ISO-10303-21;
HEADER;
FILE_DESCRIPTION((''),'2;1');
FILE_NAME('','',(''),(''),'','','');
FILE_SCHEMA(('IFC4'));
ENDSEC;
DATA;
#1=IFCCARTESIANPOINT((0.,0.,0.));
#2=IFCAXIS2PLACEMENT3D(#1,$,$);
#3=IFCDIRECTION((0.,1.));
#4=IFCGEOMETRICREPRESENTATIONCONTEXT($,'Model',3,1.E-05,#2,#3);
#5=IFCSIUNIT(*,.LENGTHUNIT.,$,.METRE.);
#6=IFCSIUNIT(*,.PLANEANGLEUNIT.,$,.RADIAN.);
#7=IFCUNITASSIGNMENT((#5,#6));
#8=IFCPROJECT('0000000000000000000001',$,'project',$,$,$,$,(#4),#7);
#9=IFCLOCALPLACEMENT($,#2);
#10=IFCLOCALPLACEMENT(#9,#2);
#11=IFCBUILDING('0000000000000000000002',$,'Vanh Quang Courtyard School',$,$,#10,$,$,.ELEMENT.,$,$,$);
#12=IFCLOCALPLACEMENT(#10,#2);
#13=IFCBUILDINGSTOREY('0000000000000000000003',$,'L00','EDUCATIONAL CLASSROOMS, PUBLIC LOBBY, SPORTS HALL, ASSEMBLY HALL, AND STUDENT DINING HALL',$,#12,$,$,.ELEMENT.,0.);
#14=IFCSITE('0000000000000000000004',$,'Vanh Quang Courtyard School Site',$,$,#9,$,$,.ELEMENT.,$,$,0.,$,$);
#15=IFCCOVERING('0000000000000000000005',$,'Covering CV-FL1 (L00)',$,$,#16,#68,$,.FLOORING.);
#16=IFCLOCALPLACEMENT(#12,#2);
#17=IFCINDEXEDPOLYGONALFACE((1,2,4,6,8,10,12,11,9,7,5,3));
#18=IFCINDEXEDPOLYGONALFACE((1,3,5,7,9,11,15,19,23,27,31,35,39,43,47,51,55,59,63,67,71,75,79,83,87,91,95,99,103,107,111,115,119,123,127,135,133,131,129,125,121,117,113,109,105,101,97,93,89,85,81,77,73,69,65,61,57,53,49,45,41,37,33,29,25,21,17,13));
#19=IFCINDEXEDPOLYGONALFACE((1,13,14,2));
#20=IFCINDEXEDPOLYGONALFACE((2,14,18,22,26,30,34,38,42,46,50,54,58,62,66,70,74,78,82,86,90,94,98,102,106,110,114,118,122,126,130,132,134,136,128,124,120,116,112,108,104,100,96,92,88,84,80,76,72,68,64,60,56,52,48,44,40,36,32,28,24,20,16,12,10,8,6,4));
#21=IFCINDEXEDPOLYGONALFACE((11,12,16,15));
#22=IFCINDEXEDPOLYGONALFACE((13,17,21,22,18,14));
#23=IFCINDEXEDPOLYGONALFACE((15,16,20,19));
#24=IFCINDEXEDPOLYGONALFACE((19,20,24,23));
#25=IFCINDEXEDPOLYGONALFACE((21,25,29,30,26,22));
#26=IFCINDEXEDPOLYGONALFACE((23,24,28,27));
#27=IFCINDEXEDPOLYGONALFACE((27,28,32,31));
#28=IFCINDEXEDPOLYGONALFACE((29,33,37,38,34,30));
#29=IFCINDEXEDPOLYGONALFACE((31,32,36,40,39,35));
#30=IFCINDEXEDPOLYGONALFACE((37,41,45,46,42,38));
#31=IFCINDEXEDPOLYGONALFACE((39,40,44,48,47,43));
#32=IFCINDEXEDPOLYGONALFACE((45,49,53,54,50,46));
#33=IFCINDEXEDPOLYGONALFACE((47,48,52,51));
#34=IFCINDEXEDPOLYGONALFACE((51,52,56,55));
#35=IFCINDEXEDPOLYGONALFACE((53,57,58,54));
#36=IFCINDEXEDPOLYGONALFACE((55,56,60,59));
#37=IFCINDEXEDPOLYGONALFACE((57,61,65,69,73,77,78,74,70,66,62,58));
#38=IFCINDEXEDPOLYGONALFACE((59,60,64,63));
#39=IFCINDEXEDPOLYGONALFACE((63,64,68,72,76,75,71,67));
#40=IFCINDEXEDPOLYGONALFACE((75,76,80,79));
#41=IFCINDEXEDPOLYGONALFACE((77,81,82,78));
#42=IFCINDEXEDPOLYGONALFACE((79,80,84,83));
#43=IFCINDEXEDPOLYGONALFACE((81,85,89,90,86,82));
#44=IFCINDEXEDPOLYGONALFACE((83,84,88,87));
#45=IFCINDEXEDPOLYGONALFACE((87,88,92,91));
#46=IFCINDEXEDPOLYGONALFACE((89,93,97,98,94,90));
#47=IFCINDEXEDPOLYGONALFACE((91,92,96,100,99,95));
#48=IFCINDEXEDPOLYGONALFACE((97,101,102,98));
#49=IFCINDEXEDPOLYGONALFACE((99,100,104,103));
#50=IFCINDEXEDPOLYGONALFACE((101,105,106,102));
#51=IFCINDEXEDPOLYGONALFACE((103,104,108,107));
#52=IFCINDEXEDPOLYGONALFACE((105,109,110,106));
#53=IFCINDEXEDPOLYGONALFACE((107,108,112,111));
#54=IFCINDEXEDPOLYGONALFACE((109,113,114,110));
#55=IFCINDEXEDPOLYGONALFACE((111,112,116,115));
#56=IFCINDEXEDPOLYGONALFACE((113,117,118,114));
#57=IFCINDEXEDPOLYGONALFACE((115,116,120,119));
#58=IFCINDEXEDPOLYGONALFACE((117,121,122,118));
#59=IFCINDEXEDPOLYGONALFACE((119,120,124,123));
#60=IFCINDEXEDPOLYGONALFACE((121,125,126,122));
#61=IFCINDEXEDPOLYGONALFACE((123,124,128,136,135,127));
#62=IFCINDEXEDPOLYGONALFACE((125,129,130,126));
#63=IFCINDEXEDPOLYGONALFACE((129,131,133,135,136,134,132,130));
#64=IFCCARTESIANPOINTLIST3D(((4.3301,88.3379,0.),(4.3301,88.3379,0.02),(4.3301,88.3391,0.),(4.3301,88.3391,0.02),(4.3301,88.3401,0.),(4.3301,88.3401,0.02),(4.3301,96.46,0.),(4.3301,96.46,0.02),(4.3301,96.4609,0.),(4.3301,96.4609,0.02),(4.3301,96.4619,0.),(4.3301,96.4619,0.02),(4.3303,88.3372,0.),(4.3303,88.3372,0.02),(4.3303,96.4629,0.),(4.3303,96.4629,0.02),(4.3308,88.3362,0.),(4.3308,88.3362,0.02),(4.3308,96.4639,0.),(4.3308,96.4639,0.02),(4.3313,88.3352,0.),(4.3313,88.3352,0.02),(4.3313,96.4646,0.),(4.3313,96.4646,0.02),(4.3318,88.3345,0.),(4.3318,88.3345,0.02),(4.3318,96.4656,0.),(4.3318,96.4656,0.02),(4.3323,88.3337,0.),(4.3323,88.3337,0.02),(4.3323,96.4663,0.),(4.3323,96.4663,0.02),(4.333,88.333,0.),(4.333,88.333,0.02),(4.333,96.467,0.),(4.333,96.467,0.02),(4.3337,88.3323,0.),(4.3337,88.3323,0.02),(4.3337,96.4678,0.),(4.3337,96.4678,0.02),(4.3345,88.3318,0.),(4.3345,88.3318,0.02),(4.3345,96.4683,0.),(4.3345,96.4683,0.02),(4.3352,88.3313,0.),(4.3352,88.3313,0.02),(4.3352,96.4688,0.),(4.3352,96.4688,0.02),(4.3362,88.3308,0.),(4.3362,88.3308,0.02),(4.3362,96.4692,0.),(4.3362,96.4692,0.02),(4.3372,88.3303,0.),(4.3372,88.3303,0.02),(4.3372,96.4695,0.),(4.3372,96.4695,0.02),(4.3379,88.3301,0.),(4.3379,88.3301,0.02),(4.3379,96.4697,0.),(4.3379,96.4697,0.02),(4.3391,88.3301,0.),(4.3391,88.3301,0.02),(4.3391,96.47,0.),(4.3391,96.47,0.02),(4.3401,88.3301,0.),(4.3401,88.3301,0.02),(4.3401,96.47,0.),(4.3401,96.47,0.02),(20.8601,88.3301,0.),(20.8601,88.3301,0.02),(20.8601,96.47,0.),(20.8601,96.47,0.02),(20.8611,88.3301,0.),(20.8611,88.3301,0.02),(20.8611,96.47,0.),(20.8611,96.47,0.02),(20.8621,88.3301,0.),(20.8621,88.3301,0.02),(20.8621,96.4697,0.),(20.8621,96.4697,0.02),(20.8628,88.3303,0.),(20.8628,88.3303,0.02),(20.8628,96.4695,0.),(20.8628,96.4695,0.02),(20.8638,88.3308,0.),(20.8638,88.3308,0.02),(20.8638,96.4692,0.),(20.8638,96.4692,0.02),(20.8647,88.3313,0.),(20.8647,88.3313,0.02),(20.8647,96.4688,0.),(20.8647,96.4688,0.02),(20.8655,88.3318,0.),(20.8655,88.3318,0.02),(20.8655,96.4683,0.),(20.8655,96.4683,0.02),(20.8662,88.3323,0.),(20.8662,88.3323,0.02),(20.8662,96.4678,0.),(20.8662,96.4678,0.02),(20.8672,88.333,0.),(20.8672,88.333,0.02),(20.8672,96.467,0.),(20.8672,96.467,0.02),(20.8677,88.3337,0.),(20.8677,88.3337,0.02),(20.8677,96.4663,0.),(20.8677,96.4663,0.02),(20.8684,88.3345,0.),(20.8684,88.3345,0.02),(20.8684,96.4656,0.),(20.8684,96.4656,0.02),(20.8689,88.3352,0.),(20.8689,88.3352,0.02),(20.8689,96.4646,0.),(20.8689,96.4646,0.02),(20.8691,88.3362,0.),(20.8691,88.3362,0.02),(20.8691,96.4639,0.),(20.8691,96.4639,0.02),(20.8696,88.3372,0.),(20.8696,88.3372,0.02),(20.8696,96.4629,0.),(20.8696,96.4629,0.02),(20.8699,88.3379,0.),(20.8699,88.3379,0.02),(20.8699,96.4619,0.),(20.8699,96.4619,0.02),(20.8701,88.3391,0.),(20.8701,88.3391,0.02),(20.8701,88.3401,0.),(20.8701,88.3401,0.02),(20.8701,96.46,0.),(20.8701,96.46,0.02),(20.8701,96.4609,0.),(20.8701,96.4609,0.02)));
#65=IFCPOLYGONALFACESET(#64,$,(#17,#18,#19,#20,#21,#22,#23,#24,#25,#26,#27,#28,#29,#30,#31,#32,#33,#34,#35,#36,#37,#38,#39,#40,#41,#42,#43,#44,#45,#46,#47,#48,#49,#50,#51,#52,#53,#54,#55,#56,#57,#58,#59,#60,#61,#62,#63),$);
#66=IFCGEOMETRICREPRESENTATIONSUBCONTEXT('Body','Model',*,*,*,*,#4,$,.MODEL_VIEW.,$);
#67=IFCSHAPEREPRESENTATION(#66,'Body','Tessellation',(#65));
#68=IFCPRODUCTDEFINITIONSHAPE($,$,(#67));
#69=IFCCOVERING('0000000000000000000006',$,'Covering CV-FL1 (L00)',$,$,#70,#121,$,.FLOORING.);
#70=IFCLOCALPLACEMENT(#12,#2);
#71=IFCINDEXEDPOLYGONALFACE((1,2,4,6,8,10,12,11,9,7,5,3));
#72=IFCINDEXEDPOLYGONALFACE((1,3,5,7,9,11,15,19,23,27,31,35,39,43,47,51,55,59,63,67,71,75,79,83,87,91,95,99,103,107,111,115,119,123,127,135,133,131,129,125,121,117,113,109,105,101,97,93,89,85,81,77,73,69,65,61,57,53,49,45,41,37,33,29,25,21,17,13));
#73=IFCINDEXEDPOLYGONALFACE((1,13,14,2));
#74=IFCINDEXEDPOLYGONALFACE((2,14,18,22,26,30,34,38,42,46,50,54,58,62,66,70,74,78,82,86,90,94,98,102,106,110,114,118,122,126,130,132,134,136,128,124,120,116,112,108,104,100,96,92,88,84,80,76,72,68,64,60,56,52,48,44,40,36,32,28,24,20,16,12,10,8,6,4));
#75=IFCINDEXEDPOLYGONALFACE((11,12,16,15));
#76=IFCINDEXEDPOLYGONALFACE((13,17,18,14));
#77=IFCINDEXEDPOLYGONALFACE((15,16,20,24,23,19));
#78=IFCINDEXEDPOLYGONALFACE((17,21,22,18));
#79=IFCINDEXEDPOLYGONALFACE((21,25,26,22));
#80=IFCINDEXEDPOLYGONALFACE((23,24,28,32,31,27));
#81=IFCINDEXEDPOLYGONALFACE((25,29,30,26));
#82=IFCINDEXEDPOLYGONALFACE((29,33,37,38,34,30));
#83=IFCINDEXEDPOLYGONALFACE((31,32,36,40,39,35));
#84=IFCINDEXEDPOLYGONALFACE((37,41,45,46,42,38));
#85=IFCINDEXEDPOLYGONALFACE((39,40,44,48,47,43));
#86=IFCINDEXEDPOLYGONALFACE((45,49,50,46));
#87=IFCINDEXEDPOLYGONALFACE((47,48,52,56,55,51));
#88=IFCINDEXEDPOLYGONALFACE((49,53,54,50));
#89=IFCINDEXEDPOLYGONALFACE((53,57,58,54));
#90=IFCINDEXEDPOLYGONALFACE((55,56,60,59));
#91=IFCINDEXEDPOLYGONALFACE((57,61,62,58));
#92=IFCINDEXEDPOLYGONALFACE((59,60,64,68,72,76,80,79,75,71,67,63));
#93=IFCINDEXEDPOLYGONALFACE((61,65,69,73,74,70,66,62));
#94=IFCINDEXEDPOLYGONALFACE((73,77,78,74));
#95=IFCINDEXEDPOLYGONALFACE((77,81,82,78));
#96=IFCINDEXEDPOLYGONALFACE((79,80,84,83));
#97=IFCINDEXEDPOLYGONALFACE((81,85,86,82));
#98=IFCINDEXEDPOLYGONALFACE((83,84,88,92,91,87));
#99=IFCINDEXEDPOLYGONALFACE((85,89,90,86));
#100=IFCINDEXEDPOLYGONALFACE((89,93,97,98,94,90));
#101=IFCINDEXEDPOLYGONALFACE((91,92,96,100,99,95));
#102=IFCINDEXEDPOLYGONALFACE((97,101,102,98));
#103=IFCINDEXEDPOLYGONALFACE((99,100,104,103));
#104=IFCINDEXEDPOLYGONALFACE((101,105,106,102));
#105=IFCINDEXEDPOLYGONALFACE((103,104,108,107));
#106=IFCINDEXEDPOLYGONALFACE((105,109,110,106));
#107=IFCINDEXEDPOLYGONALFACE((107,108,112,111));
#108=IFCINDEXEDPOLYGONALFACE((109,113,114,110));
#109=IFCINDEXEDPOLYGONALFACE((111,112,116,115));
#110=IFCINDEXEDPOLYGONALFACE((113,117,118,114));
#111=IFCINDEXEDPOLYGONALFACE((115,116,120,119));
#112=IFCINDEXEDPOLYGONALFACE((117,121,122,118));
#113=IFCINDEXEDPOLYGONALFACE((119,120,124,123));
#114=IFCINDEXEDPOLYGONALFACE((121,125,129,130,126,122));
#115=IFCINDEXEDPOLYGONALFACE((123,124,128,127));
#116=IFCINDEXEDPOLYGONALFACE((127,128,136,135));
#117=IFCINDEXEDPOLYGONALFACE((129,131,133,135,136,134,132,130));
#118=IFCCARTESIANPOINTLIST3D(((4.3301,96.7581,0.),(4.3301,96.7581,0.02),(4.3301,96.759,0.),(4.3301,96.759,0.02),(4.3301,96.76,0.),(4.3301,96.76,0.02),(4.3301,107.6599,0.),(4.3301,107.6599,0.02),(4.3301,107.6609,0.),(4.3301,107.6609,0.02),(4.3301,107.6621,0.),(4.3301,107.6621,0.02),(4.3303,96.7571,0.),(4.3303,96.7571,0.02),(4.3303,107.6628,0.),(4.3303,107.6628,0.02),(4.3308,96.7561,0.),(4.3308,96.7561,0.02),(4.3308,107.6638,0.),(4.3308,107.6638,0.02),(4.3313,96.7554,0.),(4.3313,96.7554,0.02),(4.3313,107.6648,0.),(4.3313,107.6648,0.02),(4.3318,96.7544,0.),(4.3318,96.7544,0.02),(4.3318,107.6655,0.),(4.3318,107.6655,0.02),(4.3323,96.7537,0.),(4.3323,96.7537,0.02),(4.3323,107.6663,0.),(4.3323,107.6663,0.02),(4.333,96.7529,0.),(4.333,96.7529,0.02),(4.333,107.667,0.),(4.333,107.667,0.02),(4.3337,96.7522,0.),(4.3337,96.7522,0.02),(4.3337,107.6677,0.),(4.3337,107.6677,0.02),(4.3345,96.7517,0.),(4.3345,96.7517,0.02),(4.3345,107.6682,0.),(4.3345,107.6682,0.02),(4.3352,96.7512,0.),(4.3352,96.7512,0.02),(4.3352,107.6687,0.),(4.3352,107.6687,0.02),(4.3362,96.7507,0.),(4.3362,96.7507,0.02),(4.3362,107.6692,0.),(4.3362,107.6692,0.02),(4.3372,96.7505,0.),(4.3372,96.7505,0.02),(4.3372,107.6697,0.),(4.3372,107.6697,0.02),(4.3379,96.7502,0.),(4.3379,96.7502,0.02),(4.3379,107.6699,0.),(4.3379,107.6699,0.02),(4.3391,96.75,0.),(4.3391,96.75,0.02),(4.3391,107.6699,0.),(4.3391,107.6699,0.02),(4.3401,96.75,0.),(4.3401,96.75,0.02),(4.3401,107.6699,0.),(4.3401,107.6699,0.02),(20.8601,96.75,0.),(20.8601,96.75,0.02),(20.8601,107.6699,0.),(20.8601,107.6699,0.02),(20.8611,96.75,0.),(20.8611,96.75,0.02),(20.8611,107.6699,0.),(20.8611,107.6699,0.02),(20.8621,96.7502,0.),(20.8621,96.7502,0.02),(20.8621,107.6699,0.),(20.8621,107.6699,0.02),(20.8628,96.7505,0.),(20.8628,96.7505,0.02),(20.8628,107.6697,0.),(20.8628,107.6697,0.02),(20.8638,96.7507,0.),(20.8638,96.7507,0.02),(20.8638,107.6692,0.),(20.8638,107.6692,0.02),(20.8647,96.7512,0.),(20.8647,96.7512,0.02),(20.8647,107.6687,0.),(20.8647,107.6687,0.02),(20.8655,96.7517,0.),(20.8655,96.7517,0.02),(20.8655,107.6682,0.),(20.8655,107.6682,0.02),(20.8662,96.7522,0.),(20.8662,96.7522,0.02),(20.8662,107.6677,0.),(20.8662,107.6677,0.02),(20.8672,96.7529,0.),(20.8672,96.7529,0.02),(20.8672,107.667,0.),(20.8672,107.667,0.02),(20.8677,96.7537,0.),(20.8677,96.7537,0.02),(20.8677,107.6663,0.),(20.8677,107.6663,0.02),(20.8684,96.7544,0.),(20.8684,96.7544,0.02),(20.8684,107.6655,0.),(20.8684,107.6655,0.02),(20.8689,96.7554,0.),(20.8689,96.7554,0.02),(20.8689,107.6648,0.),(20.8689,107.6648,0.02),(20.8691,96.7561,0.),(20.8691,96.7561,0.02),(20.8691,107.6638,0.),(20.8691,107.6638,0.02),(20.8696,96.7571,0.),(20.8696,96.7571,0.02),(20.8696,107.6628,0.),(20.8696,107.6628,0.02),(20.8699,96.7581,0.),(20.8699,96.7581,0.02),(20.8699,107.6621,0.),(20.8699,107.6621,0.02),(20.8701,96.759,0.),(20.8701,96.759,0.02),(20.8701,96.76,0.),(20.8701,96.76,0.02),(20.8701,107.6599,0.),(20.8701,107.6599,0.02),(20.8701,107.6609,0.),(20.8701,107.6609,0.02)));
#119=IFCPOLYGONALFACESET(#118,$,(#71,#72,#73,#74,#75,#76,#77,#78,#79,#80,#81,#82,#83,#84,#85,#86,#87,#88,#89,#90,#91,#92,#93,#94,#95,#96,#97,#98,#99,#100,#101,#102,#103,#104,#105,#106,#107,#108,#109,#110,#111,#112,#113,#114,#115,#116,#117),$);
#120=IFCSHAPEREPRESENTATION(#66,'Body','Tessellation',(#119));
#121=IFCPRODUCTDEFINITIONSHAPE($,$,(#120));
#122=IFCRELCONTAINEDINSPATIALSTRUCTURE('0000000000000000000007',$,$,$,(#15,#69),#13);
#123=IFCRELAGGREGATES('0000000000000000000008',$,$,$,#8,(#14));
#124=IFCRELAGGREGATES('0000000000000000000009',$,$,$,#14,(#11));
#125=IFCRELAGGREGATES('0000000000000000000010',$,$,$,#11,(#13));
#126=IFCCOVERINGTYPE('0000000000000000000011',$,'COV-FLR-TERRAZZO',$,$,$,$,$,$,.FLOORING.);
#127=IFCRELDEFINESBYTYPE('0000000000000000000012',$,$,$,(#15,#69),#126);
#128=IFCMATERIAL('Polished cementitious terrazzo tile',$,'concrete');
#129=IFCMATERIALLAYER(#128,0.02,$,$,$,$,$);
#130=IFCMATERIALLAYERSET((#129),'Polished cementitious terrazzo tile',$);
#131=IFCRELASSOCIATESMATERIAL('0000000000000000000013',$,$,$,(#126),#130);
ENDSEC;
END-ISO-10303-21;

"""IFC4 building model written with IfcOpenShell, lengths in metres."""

from ifc_helpers import new_model, si_unit, direction, origin, place, context, subcontext, project, spatial, polyline, outline, extrude, material, layer, layer_set, type_object, element, save


model = new_model("IFC4")

# Units and contexts
model_context = context("Model", 3, precision=1e-05, world=origin(), true_north=direction((0.0, 1.0)))
body_context = subcontext(model_context, "Body", "Model", "MODEL_VIEW")
ifc_project = project(units=[si_unit("LENGTHUNIT", "METRE"), si_unit("PLANEANGLEUNIT", "RADIAN")], contexts=[model_context])

# Site, building, storey
site_placement = place(None, origin())
site = spatial("IfcSite", under=ifc_project, at=site_placement, Name="Vanh Quang Courtyard School Site", CompositionType="ELEMENT", RefElevation=0.0)
building_placement = place(site_placement, origin())
building = spatial("IfcBuilding", under=site, at=building_placement, Name="Vanh Quang Courtyard School", CompositionType="ELEMENT")
storey_placement = place(building_placement, origin())
storey = spatial("IfcBuildingStorey", under=building, at=storey_placement, Name="L00", Description="EDUCATIONAL CLASSROOMS, PUBLIC LOBBY, SPORTS HALL, ASSEMBLY HALL, AND STUDENT DINING HALL", CompositionType="ELEMENT", Elevation=0.0)

# Coverings
ifc_material_1 = material(Name="Polished cementitious terrazzo tile", Category="concrete")
ifc_layer_1 = layer(ifc_material_1, 0.02)
ifc_layer_set_1 = layer_set([ifc_layer_1], Name="Polished cementitious terrazzo tile")
covering_type = type_object("IfcCoveringType", Name="COV-FLR-TERRAZZO", PredefinedType="FLOORING", material=ifc_layer_set_1)
covering_1_placement = place(storey_placement, origin())
element("IfcCovering", 1, at=covering_1_placement, inside=storey, type_object=covering_type, Name="Covering CV-FL1 (L00)", PredefinedType="FLOORING", context=body_context, shape_type="SweptSolid", body=[
    extrude(outline(polyline([(4.3301, 96.46), (4.3301, 96.4609), (4.3301, 96.4619), (4.3303, 96.4629), (4.3308, 96.4639), (4.3313, 96.4646), (4.3318, 96.4656), (4.3323, 96.4663), (4.333, 96.467), (4.3337, 96.4678), (4.3345, 96.4683), (4.3352, 96.4688), (4.3362, 96.4692), (4.3372, 96.4695), (4.3379, 96.4697), (4.3391, 96.47), (4.3401, 96.47), (20.8601, 96.47), (20.8611, 96.47), (20.8621, 96.4697), (20.8628, 96.4695), (20.8638, 96.4692), (20.8647, 96.4688), (20.8655, 96.4683), (20.8662, 96.4678), (20.8672, 96.467), (20.8677, 96.4663), (20.8684, 96.4656), (20.8689, 96.4646), (20.8691, 96.4639), (20.8696, 96.4629), (20.8699, 96.4619), (20.8701, 96.4609), (20.8701, 96.46), (20.8701, 88.3401), (20.8701, 88.3391), (20.8699, 88.3379), (20.8696, 88.3372), (20.8691, 88.3362), (20.8689, 88.3352), (20.8684, 88.3345), (20.8677, 88.3337), (20.8672, 88.333), (20.8662, 88.3323), (20.8655, 88.3318), (20.8647, 88.3313), (20.8638, 88.3308), (20.8628, 88.3303), (20.8621, 88.3301), (20.8611, 88.3301), (20.8601, 88.3301), (4.3401, 88.3301), (4.3391, 88.3301), (4.3379, 88.3301), (4.3372, 88.3303), (4.3362, 88.3308), (4.3352, 88.3313), (4.3345, 88.3318), (4.3337, 88.3323), (4.333, 88.333), (4.3323, 88.3337), (4.3318, 88.3345), (4.3313, 88.3352), (4.3308, 88.3362), (4.3303, 88.3372), (4.3301, 88.3379), (4.3301, 88.3391), (4.3301, 88.3401), (4.3301, 96.46)])), origin(), (0.0, 0.0, 1.0), 0.02),
])
covering_2_placement = place(storey_placement, origin())
element("IfcCovering", 2, at=covering_2_placement, inside=storey, type_object=covering_type, Name="Covering CV-FL1 (L00)", PredefinedType="FLOORING", context=body_context, shape_type="SweptSolid", body=[
    extrude(outline(polyline([(4.3401, 96.75), (4.3391, 96.75), (4.3379, 96.7502), (4.3372, 96.7505), (4.3362, 96.7507), (4.3352, 96.7512), (4.3345, 96.7517), (4.3337, 96.7522), (4.333, 96.7529), (4.3323, 96.7537), (4.3318, 96.7544), (4.3313, 96.7554), (4.3308, 96.7561), (4.3303, 96.7571), (4.3301, 96.7581), (4.3301, 96.759), (4.3301, 96.76), (4.3301, 107.6599), (4.3301, 107.6609), (4.3301, 107.6621), (4.3303, 107.6628), (4.3308, 107.6638), (4.3313, 107.6648), (4.3318, 107.6655), (4.3323, 107.6663), (4.333, 107.667), (4.3337, 107.6677), (4.3345, 107.6682), (4.3352, 107.6687), (4.3362, 107.6692), (4.3372, 107.6697), (4.3379, 107.6699), (4.3391, 107.6699), (4.3401, 107.6699), (20.8601, 107.6699), (20.8611, 107.6699), (20.8621, 107.6699), (20.8628, 107.6697), (20.8638, 107.6692), (20.8647, 107.6687), (20.8655, 107.6682), (20.8662, 107.6677), (20.8672, 107.667), (20.8677, 107.6663), (20.8684, 107.6655), (20.8689, 107.6648), (20.8691, 107.6638), (20.8696, 107.6628), (20.8699, 107.6621), (20.8701, 107.6609), (20.8701, 107.6599), (20.8701, 96.76), (20.8701, 96.759), (20.8699, 96.7581), (20.8696, 96.7571), (20.8691, 96.7561), (20.8689, 96.7554), (20.8684, 96.7544), (20.8677, 96.7537), (20.8672, 96.7529), (20.8662, 96.7522), (20.8655, 96.7517), (20.8647, 96.7512), (20.8638, 96.7507), (20.8628, 96.7505), (20.8621, 96.7502), (20.8611, 96.75), (20.8601, 96.75), (4.3401, 96.75)])), origin(), (0.0, 0.0, 1.0), 0.02),
])

save(model, "model.ifc")
